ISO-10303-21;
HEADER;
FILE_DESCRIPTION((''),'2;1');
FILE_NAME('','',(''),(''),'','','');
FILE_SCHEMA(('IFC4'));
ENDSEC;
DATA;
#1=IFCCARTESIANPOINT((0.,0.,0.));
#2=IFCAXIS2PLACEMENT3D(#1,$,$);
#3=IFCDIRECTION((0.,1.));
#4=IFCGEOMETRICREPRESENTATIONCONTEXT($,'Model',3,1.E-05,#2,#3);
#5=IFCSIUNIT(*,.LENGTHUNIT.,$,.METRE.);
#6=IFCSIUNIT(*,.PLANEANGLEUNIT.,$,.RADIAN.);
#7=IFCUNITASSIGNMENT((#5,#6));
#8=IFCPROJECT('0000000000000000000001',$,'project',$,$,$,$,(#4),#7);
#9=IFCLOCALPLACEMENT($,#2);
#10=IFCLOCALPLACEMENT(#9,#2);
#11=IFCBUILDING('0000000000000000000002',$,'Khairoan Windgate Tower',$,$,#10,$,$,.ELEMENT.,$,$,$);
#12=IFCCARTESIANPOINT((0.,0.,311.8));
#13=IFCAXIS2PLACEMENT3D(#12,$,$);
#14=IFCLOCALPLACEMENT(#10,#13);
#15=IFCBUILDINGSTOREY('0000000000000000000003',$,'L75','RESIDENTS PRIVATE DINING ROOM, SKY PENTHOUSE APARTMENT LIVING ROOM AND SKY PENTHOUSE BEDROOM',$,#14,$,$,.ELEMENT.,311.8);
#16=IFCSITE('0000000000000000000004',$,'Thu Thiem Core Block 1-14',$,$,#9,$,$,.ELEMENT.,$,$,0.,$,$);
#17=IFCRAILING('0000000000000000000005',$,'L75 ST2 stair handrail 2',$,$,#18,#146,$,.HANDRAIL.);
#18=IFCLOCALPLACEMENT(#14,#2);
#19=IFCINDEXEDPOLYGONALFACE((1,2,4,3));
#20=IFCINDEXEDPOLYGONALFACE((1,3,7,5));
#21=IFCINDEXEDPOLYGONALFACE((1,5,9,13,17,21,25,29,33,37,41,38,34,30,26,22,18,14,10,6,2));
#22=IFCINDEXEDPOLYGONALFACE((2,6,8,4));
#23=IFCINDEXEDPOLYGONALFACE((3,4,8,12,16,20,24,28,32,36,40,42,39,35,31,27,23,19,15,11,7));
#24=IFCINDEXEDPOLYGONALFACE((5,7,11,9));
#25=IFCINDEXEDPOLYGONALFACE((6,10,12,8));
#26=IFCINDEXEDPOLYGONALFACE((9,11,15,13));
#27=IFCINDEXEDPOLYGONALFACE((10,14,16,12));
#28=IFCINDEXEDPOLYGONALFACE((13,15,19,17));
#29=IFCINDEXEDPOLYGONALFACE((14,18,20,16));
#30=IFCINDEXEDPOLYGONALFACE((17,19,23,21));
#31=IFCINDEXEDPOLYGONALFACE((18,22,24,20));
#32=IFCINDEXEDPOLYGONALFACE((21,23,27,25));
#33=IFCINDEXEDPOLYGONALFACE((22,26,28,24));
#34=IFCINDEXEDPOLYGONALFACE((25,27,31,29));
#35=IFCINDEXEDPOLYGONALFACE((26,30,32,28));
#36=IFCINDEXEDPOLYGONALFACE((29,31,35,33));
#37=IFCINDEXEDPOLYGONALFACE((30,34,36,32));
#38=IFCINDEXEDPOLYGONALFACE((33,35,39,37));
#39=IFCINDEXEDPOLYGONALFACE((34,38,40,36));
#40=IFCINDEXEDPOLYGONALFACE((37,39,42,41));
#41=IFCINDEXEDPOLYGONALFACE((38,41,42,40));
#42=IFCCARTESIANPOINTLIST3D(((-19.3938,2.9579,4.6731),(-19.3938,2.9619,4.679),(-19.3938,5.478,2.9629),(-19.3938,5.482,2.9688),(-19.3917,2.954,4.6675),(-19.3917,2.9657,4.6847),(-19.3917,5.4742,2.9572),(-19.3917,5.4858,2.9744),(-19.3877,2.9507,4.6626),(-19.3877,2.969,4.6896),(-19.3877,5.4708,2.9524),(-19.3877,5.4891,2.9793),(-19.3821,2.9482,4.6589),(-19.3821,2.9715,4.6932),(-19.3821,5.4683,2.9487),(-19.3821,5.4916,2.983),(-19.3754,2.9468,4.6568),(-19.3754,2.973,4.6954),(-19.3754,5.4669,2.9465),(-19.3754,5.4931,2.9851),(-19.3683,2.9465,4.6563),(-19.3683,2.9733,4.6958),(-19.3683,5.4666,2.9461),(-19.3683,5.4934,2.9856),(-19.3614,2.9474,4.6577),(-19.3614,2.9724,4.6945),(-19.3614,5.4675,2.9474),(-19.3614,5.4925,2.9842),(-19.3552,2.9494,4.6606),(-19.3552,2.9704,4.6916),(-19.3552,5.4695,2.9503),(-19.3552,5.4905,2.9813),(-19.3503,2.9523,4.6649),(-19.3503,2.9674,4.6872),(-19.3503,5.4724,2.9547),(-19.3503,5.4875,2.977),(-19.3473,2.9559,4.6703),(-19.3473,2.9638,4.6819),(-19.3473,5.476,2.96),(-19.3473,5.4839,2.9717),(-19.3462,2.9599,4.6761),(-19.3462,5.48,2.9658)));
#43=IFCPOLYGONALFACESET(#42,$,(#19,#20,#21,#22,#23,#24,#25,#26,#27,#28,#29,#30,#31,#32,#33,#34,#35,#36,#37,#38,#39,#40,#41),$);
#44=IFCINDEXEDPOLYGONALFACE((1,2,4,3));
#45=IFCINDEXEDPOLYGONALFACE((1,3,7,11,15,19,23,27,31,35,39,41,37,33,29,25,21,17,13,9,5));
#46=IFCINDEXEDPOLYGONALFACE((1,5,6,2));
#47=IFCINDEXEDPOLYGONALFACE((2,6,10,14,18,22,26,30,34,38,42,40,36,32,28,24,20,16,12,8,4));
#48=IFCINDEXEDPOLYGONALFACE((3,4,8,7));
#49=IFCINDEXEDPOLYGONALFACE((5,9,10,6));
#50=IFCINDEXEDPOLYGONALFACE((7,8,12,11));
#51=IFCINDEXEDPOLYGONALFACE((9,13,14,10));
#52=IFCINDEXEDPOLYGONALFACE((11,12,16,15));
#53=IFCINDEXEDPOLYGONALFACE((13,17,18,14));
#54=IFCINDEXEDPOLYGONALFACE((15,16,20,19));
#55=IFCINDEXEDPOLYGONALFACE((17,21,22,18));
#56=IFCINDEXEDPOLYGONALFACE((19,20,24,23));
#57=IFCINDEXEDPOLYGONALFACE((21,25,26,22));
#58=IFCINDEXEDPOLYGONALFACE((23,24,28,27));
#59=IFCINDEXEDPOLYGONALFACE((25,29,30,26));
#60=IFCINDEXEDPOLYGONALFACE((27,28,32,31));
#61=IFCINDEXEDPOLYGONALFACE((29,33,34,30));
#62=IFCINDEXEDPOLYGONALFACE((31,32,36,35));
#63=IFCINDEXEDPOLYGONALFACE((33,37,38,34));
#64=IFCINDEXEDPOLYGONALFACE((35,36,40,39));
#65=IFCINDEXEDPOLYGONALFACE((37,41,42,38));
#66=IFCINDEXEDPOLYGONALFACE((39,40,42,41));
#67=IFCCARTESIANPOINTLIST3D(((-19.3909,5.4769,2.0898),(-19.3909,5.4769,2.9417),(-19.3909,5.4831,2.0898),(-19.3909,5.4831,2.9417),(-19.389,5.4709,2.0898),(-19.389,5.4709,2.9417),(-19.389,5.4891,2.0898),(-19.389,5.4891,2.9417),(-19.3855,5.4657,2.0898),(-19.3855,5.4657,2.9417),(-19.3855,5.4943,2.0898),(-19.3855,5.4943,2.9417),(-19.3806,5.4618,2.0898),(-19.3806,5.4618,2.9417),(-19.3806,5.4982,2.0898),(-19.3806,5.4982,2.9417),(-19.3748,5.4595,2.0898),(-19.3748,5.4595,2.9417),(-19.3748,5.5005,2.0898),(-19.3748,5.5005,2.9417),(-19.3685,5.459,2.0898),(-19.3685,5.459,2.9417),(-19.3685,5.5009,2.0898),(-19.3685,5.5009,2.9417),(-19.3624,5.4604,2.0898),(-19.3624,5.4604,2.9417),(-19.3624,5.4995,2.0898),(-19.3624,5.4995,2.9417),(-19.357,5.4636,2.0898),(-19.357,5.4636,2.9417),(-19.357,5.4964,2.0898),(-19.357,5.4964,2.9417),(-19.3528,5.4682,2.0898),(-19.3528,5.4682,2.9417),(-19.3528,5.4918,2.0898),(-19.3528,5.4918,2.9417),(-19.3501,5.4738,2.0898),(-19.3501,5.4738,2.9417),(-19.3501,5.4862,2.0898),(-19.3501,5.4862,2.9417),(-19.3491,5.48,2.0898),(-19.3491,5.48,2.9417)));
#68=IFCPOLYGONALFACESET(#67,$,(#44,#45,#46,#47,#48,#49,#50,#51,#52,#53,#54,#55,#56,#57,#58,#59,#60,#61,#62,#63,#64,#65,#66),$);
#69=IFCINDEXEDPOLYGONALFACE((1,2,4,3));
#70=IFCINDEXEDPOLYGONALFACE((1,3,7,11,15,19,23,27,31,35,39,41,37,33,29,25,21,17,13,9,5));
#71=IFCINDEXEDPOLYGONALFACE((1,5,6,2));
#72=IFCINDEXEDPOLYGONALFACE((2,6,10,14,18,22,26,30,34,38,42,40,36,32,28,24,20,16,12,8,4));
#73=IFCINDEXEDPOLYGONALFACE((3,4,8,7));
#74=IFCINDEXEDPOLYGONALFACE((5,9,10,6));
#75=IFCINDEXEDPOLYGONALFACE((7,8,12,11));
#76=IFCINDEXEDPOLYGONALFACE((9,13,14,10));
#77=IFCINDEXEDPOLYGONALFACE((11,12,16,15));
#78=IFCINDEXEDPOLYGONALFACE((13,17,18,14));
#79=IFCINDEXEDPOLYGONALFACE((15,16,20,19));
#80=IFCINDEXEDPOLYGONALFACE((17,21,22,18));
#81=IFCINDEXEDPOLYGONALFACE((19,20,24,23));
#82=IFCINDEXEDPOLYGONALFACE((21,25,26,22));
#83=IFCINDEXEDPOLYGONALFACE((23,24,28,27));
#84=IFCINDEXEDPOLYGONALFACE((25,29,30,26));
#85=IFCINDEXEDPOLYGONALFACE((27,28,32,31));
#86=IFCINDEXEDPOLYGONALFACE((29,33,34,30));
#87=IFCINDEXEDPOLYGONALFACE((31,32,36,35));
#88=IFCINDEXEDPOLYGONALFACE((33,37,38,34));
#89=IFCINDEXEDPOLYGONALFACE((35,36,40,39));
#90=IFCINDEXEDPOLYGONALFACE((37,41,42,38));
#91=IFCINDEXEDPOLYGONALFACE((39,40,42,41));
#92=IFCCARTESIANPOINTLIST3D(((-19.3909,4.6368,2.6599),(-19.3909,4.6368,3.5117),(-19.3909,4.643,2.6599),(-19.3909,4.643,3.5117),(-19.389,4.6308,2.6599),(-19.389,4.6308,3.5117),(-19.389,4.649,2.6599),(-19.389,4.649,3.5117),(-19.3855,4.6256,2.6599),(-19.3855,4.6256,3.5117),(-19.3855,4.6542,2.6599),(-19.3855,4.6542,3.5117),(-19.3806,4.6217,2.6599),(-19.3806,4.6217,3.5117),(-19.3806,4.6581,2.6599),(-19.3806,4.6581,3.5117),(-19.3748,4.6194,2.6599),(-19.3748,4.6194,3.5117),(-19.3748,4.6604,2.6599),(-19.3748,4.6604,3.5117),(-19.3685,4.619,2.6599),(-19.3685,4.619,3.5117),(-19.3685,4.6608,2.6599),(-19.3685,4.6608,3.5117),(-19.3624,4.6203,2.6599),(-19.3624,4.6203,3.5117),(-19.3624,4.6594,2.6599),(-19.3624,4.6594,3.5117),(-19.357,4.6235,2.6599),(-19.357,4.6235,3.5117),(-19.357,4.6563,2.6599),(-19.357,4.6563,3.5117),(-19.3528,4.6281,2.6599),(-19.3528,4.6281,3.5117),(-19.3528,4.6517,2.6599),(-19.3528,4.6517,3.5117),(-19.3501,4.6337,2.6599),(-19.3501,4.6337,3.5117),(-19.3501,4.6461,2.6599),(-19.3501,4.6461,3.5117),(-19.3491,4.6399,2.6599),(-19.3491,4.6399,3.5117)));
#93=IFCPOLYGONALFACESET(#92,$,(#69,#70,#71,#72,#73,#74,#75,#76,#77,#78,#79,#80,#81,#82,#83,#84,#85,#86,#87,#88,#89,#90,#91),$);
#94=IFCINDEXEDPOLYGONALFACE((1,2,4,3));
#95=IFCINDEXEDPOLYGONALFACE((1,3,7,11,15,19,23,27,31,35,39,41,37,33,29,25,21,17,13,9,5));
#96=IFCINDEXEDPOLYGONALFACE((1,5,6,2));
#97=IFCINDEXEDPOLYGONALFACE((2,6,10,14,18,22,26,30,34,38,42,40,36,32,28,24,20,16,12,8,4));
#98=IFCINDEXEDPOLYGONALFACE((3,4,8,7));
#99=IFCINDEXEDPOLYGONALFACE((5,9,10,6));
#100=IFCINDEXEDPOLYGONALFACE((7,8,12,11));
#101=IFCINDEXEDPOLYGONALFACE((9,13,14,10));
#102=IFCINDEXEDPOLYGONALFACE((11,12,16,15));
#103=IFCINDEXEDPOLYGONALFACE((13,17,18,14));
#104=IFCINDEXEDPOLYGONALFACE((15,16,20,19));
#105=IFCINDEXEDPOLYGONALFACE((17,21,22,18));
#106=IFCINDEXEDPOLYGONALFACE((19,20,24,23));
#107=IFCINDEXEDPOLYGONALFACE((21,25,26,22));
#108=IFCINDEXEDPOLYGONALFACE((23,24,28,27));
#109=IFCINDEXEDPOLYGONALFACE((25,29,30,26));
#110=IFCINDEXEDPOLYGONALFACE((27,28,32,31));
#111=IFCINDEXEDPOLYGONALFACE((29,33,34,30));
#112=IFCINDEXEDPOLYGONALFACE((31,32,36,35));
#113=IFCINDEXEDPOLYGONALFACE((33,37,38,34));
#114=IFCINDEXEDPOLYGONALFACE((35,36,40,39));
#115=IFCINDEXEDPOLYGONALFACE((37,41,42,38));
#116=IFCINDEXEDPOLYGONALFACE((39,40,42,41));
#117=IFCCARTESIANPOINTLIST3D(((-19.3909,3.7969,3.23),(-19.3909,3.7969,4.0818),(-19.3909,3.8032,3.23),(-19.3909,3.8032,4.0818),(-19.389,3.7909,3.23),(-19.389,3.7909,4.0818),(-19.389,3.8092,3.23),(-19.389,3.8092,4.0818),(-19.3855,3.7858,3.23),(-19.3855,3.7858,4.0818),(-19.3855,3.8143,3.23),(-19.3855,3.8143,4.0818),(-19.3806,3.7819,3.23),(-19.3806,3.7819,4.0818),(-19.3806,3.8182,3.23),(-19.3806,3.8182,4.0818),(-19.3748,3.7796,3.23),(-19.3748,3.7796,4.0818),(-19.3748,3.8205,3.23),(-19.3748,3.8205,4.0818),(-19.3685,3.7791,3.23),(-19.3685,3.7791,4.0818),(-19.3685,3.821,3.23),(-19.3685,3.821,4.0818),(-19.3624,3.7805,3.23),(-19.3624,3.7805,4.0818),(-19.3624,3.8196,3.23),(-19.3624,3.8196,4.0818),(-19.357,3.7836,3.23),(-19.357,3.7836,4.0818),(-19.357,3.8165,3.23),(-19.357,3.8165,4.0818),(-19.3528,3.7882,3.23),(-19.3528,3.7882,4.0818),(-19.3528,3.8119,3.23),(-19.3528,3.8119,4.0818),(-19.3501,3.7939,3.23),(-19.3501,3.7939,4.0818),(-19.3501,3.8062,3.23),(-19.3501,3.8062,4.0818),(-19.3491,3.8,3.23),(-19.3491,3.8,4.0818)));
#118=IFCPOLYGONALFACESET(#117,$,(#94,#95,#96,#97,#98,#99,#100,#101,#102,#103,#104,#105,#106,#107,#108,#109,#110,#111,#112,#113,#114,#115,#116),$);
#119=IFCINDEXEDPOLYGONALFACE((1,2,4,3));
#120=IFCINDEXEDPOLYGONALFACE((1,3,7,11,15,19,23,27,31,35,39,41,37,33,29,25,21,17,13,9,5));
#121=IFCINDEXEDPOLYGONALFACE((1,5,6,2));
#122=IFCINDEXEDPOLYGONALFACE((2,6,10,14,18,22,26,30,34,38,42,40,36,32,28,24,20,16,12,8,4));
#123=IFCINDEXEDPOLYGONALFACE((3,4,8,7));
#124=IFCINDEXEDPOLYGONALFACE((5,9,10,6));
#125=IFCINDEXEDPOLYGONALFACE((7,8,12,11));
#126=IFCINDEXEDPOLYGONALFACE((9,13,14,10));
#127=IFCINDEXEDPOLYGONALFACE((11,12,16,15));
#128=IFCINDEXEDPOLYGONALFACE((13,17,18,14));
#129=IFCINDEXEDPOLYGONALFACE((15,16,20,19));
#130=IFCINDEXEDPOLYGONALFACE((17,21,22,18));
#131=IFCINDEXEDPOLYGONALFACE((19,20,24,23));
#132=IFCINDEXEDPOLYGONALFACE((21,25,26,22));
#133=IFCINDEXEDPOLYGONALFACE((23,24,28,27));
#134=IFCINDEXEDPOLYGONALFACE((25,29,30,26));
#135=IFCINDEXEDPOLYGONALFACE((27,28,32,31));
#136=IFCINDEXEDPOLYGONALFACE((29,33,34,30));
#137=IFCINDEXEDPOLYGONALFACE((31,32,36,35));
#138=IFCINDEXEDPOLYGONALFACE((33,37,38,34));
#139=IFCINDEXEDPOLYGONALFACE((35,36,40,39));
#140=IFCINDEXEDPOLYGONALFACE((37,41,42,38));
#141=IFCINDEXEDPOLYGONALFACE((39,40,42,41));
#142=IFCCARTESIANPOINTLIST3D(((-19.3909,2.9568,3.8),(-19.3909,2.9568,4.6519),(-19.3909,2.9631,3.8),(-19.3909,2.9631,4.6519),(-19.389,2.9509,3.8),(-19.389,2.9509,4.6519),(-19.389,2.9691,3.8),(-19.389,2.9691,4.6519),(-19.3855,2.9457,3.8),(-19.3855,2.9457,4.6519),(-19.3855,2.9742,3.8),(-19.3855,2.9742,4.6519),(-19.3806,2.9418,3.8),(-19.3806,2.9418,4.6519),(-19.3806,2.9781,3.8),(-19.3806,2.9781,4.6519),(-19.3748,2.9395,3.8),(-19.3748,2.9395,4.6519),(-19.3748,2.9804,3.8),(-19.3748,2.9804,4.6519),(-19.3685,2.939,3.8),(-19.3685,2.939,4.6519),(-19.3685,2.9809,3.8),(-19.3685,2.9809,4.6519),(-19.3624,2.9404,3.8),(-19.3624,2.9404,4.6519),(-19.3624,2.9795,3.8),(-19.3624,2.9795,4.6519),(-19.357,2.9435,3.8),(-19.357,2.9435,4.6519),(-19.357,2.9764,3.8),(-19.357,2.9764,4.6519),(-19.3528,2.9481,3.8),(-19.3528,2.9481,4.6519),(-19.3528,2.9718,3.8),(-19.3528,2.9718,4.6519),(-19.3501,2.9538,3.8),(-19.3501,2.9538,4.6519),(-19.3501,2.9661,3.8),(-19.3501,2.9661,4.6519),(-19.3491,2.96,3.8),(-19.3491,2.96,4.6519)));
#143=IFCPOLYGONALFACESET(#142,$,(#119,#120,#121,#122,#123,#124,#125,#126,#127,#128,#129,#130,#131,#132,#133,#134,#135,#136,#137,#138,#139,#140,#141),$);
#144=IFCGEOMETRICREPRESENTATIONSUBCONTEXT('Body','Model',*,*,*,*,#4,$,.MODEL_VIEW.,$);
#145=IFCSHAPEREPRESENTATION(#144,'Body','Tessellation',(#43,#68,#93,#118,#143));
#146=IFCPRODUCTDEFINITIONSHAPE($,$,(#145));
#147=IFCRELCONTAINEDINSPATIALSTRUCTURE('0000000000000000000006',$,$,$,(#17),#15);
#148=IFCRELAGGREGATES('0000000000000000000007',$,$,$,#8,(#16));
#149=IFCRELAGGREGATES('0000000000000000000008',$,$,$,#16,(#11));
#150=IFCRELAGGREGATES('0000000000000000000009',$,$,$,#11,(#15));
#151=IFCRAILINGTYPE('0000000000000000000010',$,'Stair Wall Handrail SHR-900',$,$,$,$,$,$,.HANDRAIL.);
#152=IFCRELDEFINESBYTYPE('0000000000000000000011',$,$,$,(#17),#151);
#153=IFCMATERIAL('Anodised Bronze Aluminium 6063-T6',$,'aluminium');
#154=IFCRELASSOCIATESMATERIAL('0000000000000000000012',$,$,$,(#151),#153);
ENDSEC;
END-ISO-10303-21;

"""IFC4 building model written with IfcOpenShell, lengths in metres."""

from ifc_helpers import new_model, si_unit, direction, frame, origin, origin_2d, place, context, subcontext, project, spatial, circle, extrude, material, type_object, element, save


model = new_model("IFC4")

# Units and contexts
model_context = context("Model", 3, precision=1e-05, world=origin(), true_north=direction((0.0, 1.0)))
body_context = subcontext(model_context, "Body", "Model", "MODEL_VIEW")
ifc_project = project(units=[si_unit("LENGTHUNIT", "METRE"), si_unit("PLANEANGLEUNIT", "RADIAN")], contexts=[model_context])

# Site, building, storey
site_placement = place(None, origin())
site = spatial("IfcSite", under=ifc_project, at=site_placement, Name="Thu Thiem Core Block 1-14", CompositionType="ELEMENT", RefElevation=0.0)
building_placement = place(site_placement, origin())
building = spatial("IfcBuilding", under=site, at=building_placement, Name="Khairoan Windgate Tower", CompositionType="ELEMENT")
storey_placement = place(building_placement, frame((0.0, 0.0, 311.8)))
storey = spatial("IfcBuildingStorey", under=building, at=storey_placement, Name="L75", Description="RESIDENTS PRIVATE DINING ROOM, SKY PENTHOUSE APARTMENT LIVING ROOM AND SKY PENTHOUSE BEDROOM", CompositionType="ELEMENT", Elevation=311.8)

# Railing
ifc_material_1 = material(Name="Anodised Bronze Aluminium 6063-T6", Category="aluminium")
railing_type_1 = type_object("IfcRailingType", Name="Stair Wall Handrail SHR-900", PredefinedType="HANDRAIL", material=ifc_material_1)
railing_1_placement = place(storey_placement, frame((-19.3701, 5.48, 2.0898)))
element("IfcRailing", 1, at=railing_1_placement, inside=storey, type_object=railing_type_1, Name="L75 ST2 stair handrail 2", PredefinedType="HANDRAIL", context=body_context, shape_type="SweptSolid", body=[
    extrude(circle(Radius=0.0239, at=origin_2d()), frame((0.0, 0.0, 0.876), z_axis=(0.0, -0.827447, 0.561545), x_axis=(1.0, 0.0, 0.0)), (0.0, 0.0, 1.0), 3.0457),
    extrude(circle(Radius=0.021, at=origin_2d()), origin(), (0.0, 0.0, 1.0), 0.8518),
    extrude(circle(Radius=0.021, at=origin_2d()), frame((0.0, -0.8401, 0.5701)), (0.0, 0.0, 1.0), 0.8518),
    extrude(circle(Radius=0.021, at=origin_2d()), frame((0.0, -1.6799, 1.1401)), (0.0, 0.0, 1.0), 0.8518),
    extrude(circle(Radius=0.021, at=origin_2d()), frame((0.0, -2.52, 1.7102)), (0.0, 0.0, 1.0), 0.8518),
])

save(model, "model.ifc")
